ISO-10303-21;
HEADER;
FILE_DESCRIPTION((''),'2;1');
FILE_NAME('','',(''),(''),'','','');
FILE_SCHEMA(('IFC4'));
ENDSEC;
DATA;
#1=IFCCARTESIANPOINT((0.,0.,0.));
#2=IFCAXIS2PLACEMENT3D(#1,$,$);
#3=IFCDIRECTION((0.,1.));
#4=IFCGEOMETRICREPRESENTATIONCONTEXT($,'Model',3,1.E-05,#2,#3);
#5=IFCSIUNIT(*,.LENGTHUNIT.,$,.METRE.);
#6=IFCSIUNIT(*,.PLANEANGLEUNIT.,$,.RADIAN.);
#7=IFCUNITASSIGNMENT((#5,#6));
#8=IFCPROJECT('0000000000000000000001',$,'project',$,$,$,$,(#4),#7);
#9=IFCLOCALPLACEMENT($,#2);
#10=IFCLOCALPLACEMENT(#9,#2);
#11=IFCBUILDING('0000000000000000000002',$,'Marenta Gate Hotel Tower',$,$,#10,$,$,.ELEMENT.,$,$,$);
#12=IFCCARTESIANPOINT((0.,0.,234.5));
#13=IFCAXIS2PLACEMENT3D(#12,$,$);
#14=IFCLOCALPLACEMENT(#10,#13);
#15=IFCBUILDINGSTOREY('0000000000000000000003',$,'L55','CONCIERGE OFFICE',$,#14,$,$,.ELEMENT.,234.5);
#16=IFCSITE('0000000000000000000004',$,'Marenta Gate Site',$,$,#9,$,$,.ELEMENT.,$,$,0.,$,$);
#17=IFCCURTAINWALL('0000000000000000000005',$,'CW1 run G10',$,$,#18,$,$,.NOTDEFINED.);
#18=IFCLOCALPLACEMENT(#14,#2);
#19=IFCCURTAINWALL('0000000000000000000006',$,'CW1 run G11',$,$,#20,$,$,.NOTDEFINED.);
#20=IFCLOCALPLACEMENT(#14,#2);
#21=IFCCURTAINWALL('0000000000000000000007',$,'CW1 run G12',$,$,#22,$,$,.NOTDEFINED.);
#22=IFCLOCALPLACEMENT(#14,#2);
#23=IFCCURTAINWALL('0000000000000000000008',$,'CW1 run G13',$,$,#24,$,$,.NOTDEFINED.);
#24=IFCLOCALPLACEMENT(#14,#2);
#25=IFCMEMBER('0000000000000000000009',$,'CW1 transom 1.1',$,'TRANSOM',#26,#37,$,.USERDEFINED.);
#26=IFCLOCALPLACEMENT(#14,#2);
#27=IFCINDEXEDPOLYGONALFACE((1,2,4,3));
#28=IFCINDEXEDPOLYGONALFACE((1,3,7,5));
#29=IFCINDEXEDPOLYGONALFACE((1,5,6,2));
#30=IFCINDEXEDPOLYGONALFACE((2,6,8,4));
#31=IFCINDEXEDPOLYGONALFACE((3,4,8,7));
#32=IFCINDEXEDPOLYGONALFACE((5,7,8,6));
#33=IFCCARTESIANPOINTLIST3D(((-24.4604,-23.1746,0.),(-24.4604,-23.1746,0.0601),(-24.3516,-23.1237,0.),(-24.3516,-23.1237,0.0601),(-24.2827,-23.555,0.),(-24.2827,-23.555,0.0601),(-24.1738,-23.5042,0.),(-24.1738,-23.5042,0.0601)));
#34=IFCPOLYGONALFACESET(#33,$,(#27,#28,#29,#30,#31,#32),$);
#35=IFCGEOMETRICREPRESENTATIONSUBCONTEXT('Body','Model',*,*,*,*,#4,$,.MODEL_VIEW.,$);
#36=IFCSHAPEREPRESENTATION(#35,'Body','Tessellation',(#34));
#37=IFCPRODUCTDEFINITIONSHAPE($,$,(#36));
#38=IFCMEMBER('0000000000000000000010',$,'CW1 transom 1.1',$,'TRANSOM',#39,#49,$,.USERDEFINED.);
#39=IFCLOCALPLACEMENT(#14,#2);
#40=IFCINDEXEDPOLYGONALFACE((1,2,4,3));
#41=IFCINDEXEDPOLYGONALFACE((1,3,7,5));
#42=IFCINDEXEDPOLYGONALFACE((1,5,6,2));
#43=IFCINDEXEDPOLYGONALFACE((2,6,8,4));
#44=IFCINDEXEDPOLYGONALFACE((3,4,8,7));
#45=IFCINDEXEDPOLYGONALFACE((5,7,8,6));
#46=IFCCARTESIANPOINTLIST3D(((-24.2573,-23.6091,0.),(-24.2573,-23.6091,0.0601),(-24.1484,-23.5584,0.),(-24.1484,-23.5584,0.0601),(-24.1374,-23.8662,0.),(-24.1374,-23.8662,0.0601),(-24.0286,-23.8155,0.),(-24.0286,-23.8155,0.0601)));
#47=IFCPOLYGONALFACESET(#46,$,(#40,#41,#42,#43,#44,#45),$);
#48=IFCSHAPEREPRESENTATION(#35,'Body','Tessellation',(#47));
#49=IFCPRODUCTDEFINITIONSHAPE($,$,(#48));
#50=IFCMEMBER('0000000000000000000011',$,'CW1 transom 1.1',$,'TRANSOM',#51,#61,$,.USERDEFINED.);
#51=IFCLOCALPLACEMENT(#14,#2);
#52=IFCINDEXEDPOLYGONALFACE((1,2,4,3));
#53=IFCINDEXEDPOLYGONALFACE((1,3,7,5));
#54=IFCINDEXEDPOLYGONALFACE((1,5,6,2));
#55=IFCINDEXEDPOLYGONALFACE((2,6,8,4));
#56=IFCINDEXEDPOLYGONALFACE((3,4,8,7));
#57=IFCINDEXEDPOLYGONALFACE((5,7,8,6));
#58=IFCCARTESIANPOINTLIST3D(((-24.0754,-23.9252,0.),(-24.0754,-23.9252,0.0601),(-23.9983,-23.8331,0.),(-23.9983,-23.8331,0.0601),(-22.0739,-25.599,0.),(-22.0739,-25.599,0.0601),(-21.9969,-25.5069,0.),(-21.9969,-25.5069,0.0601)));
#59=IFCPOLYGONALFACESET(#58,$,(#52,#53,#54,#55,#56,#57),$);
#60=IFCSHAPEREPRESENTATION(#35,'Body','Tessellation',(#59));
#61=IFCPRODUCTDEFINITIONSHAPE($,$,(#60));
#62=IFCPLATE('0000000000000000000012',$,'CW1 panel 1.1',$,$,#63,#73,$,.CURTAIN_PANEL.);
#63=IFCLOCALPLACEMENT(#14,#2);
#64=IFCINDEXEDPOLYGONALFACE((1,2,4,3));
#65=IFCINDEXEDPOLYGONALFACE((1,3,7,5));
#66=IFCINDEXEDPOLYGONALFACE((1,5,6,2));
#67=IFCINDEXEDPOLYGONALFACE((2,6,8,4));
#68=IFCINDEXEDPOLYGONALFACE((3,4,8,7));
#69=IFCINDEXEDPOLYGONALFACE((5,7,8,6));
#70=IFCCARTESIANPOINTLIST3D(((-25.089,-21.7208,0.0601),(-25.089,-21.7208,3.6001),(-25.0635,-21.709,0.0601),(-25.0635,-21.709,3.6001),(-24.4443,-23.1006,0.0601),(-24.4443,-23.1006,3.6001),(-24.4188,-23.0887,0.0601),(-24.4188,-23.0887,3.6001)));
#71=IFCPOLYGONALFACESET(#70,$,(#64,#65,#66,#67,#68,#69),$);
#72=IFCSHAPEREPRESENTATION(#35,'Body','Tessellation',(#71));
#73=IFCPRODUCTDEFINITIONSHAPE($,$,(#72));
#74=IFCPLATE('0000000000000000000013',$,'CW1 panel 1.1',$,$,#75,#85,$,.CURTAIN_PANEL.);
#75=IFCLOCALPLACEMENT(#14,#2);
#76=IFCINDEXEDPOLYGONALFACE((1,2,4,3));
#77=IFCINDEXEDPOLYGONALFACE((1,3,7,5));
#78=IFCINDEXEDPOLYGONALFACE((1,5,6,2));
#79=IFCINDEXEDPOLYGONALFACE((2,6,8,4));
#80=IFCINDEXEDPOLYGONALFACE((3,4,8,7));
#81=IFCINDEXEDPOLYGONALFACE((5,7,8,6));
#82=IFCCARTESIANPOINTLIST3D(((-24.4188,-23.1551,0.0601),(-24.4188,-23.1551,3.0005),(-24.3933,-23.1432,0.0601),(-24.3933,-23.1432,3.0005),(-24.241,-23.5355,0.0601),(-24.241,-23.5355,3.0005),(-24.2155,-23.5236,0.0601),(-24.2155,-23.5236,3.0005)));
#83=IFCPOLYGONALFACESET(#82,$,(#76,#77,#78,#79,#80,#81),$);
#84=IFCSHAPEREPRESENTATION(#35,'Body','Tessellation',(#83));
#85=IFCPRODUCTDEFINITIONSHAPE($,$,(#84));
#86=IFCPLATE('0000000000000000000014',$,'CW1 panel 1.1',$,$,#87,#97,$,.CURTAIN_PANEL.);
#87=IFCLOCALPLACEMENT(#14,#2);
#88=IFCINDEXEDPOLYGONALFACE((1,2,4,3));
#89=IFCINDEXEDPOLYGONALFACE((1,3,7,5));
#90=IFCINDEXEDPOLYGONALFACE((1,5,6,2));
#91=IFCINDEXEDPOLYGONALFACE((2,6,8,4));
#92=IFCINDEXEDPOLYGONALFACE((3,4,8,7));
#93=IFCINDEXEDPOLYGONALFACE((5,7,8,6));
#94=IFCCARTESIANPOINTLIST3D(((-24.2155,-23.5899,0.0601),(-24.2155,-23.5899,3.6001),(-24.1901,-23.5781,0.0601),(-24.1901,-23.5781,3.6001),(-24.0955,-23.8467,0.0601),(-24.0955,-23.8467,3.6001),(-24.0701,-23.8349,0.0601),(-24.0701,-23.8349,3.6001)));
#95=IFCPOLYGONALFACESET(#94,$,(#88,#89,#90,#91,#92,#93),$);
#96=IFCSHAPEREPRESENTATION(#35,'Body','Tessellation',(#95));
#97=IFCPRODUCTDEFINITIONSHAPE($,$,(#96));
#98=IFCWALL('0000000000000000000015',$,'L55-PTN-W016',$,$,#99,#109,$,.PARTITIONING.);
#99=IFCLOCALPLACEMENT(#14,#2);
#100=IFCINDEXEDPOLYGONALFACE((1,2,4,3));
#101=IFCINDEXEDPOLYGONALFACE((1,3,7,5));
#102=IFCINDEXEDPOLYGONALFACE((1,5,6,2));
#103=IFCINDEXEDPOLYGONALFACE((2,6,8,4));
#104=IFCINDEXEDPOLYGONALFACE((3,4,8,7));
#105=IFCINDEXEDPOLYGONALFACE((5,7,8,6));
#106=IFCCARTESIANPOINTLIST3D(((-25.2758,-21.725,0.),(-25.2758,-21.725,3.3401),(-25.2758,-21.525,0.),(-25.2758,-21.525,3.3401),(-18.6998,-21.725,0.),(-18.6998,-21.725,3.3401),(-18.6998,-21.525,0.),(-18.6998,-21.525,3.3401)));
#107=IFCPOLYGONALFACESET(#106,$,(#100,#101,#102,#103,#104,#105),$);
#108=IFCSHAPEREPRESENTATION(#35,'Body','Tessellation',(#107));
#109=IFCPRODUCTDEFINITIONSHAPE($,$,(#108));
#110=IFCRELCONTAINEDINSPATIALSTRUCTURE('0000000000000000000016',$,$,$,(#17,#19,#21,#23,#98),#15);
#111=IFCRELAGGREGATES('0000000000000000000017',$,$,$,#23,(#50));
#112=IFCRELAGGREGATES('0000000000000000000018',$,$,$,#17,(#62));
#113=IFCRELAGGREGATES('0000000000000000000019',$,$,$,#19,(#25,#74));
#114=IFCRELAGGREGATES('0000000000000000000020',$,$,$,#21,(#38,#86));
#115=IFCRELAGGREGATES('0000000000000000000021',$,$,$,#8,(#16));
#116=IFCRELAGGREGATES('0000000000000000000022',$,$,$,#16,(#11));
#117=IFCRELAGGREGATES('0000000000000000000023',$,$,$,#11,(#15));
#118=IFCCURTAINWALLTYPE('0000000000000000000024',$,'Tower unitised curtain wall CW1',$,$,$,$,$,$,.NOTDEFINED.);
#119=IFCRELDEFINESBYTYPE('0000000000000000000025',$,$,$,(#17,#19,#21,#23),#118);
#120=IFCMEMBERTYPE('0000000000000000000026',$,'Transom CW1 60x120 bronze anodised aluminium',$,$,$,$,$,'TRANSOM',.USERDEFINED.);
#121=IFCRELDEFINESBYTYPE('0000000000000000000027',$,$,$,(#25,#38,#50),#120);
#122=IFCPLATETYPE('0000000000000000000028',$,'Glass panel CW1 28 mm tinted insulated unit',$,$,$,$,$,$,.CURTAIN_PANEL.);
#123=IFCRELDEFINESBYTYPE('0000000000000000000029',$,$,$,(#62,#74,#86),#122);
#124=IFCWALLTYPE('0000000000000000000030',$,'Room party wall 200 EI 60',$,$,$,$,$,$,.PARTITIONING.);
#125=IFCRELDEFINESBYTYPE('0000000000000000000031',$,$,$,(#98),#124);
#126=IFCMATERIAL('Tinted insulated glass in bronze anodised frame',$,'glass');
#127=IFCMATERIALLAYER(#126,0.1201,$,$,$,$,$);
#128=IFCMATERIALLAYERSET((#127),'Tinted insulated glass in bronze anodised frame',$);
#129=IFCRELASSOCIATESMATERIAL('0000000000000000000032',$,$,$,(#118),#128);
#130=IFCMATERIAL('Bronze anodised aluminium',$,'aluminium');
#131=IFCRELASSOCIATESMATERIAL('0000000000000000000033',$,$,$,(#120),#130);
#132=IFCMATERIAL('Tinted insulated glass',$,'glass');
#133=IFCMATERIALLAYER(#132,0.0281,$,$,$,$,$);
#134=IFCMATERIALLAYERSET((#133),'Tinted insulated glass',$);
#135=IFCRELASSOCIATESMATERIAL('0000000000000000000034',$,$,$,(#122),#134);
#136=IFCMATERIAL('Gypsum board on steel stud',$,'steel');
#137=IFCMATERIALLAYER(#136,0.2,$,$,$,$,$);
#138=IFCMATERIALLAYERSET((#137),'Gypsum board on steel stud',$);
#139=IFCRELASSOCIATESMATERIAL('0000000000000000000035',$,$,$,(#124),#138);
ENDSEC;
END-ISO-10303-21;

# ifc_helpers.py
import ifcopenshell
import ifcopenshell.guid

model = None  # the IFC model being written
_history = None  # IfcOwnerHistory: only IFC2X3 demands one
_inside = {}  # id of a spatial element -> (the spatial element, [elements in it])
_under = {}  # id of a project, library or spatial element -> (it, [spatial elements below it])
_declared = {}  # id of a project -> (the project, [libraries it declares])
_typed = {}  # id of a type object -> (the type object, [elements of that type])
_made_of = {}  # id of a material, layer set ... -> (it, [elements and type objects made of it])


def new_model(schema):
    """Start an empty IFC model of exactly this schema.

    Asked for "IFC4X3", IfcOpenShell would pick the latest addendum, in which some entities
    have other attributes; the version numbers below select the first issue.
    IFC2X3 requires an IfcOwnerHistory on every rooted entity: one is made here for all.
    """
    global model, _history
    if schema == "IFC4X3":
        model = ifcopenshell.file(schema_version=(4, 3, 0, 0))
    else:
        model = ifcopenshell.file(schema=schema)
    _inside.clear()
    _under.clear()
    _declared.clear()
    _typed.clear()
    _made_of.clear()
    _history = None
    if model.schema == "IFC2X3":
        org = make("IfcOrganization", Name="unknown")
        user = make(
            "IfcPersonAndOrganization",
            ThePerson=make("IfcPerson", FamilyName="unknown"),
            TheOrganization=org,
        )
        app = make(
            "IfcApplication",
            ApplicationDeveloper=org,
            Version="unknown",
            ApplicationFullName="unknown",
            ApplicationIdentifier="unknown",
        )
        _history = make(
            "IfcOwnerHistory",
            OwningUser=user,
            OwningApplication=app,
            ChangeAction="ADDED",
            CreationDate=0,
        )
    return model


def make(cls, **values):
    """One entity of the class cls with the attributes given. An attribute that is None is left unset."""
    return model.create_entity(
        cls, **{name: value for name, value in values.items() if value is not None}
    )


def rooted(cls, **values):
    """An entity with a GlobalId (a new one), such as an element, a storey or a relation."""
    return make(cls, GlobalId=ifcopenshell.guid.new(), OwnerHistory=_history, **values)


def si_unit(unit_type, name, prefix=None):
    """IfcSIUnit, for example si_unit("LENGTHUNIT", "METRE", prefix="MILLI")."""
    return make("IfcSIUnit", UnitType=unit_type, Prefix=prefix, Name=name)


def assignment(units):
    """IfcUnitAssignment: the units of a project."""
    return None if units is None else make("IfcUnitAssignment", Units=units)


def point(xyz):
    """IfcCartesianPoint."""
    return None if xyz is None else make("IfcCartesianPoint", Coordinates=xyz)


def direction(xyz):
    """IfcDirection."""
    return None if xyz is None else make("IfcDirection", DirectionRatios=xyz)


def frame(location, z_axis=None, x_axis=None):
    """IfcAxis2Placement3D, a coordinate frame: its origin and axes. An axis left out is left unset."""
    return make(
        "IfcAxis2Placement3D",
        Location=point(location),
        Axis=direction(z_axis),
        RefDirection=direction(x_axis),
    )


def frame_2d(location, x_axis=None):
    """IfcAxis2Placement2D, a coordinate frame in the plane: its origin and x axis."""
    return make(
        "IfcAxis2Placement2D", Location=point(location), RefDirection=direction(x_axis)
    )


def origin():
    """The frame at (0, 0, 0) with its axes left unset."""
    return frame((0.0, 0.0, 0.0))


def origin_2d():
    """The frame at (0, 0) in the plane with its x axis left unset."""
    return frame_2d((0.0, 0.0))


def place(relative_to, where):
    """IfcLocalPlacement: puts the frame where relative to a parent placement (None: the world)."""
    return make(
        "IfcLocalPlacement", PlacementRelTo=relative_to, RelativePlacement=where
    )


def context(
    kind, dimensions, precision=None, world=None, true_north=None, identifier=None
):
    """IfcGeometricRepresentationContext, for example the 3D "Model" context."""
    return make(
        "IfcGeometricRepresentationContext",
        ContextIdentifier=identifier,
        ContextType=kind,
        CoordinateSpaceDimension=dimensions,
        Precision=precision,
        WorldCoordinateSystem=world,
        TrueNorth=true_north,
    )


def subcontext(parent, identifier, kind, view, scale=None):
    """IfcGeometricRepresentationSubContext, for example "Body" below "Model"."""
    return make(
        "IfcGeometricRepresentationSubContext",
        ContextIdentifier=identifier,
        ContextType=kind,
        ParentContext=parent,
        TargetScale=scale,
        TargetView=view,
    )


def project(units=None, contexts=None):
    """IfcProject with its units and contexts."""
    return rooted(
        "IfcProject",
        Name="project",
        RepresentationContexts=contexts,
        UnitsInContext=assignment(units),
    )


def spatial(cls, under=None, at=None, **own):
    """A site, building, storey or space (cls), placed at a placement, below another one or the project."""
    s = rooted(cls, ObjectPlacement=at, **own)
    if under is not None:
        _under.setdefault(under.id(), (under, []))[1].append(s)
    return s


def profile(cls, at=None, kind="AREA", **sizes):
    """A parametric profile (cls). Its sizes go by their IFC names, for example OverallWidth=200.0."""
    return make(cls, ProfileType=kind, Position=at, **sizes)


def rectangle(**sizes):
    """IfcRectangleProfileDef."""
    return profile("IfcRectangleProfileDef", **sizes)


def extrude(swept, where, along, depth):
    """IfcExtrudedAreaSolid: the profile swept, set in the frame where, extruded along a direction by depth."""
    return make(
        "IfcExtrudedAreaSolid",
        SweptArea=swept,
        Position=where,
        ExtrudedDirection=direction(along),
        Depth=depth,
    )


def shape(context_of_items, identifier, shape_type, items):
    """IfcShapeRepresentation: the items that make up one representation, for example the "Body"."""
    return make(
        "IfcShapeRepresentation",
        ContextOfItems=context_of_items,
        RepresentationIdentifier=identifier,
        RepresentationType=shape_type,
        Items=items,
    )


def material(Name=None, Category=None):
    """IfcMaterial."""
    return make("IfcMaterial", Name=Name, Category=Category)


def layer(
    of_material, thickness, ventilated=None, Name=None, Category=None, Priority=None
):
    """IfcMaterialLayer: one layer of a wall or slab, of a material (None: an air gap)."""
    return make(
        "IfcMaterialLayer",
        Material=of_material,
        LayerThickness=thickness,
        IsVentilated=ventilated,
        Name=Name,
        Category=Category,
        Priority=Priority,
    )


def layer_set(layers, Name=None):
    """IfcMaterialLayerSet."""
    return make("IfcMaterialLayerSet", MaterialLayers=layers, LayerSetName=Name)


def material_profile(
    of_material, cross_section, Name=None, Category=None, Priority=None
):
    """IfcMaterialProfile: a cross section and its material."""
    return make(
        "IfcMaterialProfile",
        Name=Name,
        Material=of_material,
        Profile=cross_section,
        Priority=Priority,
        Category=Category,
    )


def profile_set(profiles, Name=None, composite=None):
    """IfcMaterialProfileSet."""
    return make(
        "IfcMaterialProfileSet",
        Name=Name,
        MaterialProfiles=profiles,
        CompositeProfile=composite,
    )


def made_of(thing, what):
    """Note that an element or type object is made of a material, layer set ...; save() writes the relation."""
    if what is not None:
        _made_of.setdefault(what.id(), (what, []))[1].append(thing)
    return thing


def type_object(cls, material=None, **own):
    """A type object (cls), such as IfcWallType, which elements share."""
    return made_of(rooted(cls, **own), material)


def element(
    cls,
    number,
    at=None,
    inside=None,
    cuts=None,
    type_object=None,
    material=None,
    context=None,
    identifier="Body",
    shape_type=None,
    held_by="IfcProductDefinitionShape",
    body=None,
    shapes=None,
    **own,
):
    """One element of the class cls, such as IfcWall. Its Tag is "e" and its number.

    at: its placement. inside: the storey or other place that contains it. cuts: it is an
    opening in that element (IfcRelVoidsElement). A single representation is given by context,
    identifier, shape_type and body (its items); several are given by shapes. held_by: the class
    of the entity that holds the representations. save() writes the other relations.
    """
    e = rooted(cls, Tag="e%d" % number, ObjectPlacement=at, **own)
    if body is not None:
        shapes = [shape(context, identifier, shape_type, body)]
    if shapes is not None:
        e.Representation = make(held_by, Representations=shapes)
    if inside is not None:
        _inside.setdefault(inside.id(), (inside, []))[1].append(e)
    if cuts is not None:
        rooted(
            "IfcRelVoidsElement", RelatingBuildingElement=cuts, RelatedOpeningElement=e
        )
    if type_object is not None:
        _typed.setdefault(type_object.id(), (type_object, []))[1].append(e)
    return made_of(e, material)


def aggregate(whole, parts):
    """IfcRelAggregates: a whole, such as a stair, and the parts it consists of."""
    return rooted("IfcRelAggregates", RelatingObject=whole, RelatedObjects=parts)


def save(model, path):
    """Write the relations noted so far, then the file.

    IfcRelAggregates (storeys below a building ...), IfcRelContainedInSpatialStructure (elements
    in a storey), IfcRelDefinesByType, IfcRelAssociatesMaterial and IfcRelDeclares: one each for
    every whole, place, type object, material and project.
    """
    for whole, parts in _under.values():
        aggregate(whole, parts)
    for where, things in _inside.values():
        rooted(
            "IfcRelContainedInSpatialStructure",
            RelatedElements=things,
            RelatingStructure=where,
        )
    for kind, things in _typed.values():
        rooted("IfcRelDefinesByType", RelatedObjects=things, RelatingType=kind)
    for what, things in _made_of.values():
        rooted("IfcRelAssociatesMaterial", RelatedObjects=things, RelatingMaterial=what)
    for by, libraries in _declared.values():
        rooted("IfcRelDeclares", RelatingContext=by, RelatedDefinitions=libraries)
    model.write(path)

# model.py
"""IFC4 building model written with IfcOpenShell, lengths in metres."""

from ifc_helpers import new_model, si_unit, direction, frame, frame_2d, origin, origin_2d, place, context, subcontext, project, spatial, rectangle, extrude, material, layer, layer_set, material_profile, profile_set, type_object, element, aggregate, save


model = new_model("IFC4")

# Units and contexts
model_context = context("Model", 3, precision=1e-05, world=origin(), true_north=direction((0.0, 1.0)))
body_context = subcontext(model_context, "Body", "Model", "MODEL_VIEW")
ifc_project = project(units=[si_unit("LENGTHUNIT", "METRE"), si_unit("PLANEANGLEUNIT", "RADIAN")], contexts=[model_context])

# Site, building, storey
site_placement = place(None, origin())
site = spatial("IfcSite", under=ifc_project, at=site_placement, Name="Marenta Gate Site", CompositionType="ELEMENT", RefElevation=0.0)
building_placement = place(site_placement, origin())
building = spatial("IfcBuilding", under=site, at=building_placement, Name="Marenta Gate Hotel Tower", CompositionType="ELEMENT")
storey_placement = place(building_placement, frame((0.0, 0.0, 234.5)))
storey = spatial("IfcBuildingStorey", under=building, at=storey_placement, Name="L55", Description="CONCIERGE OFFICE", CompositionType="ELEMENT", Elevation=234.5)

# Curtain walls
ifc_material_1 = material(Name="Tinted insulated glass in bronze anodised frame", Category="glass")
ifc_layer_1 = layer(ifc_material_1, 0.1201)
ifc_layer_set_1 = layer_set([ifc_layer_1], Name="Tinted insulated glass in bronze anodised frame")
curtain_wall_type = type_object("IfcCurtainWallType", Name="Tower unitised curtain wall CW1", PredefinedType="NOTDEFINED", material=ifc_layer_set_1)
curtain_wall_1_placement = place(storey_placement, origin())
curtain_wall_1 = element("IfcCurtainWall", 1, at=curtain_wall_1_placement, inside=storey, type_object=curtain_wall_type, Name="CW1 run G10", PredefinedType="NOTDEFINED")
curtain_wall_2_placement = place(storey_placement, origin())
curtain_wall_2 = element("IfcCurtainWall", 2, at=curtain_wall_2_placement, inside=storey, type_object=curtain_wall_type, Name="CW1 run G11", PredefinedType="NOTDEFINED")
curtain_wall_3_placement = place(storey_placement, origin())
curtain_wall_3 = element("IfcCurtainWall", 3, at=curtain_wall_3_placement, inside=storey, type_object=curtain_wall_type, Name="CW1 run G12", PredefinedType="NOTDEFINED")
curtain_wall_4_placement = place(storey_placement, origin())
curtain_wall_4 = element("IfcCurtainWall", 4, at=curtain_wall_4_placement, inside=storey, type_object=curtain_wall_type, Name="CW1 run G13", PredefinedType="NOTDEFINED")

# Members
ifc_material_2 = material(Name="Bronze anodised aluminium", Category="aluminium")
ifc_material_profile_1 = material_profile(ifc_material_2, rectangle(XDim=0.1201, YDim=0.0601, at=origin_2d()), Name="Transom CW1 60x120 bronze anodised aluminium")
ifc_profile_set_1 = profile_set([ifc_material_profile_1], Name="Bronze anodised aluminium")
member_type_1 = type_object("IfcMemberType", Name="Transom CW1 60x120 bronze anodised aluminium", ElementType="TRANSOM", PredefinedType="USERDEFINED", material=ifc_profile_set_1)
member_1_placement = place(storey_placement, frame((-24.406, -23.1492, 0.03), z_axis=(0.423331, -0.905975, 0.0), x_axis=(0.905975, 0.423331, 0.0)))
member_1 = element("IfcMember", 5, at=member_1_placement, type_object=member_type_1, Name="CW1 transom 1.1", ObjectType="TRANSOM", PredefinedType="USERDEFINED", context=body_context, shape_type="SweptSolid", body=[
    extrude(rectangle(XDim=0.1201, YDim=0.0601, at=origin_2d()), origin(), (0.0, 0.0, 1.0), 0.4199),
])
member_2_placement = place(storey_placement, frame((-24.2029, -23.5837, 0.03), z_axis=(0.422603, -0.906315, 0.0), x_axis=(0.906315, 0.422603, 0.0)))
member_2 = element("IfcMember", 6, at=member_2_placement, type_object=member_type_1, Name="CW1 transom 1.1", ObjectType="TRANSOM", PredefinedType="USERDEFINED", context=body_context, shape_type="SweptSolid", body=[
    extrude(rectangle(XDim=0.1201, YDim=0.0601, at=origin_2d()), origin(), (0.0, 0.0, 1.0), 0.2837),
])
member_3_placement = place(storey_placement, frame((-24.0369, -23.8792, 0.03), z_axis=(0.7671, -0.641527, 0.0), x_axis=(0.641527, 0.7671, 0.0)))
member_3 = element("IfcMember", 7, at=member_3_placement, type_object=member_type_1, Name="CW1 transom 1.1", ObjectType="TRANSOM", PredefinedType="USERDEFINED", context=body_context, shape_type="SweptSolid", body=[
    extrude(rectangle(XDim=0.1201, YDim=0.0601, at=origin_2d()), origin(), (0.0, 0.0, 1.0), 2.6091),
])
aggregate(curtain_wall_4, [member_3])

# Plates
ifc_material_3 = material(Name="Tinted insulated glass", Category="glass")
ifc_layer_2 = layer(ifc_material_3, 0.0281)
ifc_layer_set_2 = layer_set([ifc_layer_2], Name="Tinted insulated glass")
plate_type = type_object("IfcPlateType", Name="Glass panel CW1 28 mm tinted insulated unit", PredefinedType="CURTAIN_PANEL", material=ifc_layer_set_2)
plate_1_placement = place(storey_placement, frame((-24.7539, -22.4048, 0.0601), z_axis=(0.0, 0.0, 1.0), x_axis=(0.423328, -0.905976, 0.0)))
plate_1 = element("IfcPlate", 8, at=plate_1_placement, type_object=plate_type, Name="CW1 panel 1.1", PredefinedType="CURTAIN_PANEL", context=body_context, shape_type="SweptSolid", body=[
    extrude(rectangle(XDim=1.5229, YDim=0.0281, at=origin_2d()), origin(), (0.0, 0.0, 1.0), 3.54),
])
aggregate(curtain_wall_1, [plate_1])
plate_2_placement = place(storey_placement, frame((-24.3171, -23.3394, 0.0601), z_axis=(0.0, 0.0, 1.0), x_axis=(0.423387, -0.905949, 0.0)))
plate_2 = element("IfcPlate", 9, at=plate_2_placement, type_object=plate_type, Name="CW1 panel 1.1", PredefinedType="CURTAIN_PANEL", context=body_context, shape_type="SweptSolid", body=[
    extrude(rectangle(XDim=0.4199, YDim=0.0281, at=origin_2d()), origin(), (0.0, 0.0, 1.0), 2.9404),
])
aggregate(curtain_wall_2, [member_1, plate_2])
plate_3_placement = place(storey_placement, frame((-24.1428, -23.7124, 0.0601), z_axis=(0.0, 0.0, 1.0), x_axis=(0.4233, -0.90599, 0.0)))
plate_3 = element("IfcPlate", 10, at=plate_3_placement, type_object=plate_type, Name="CW1 panel 1.1", PredefinedType="CURTAIN_PANEL", context=body_context, shape_type="SweptSolid", body=[
    extrude(rectangle(XDim=0.2834, YDim=0.0281, at=origin_2d()), origin(), (0.0, 0.0, 1.0), 3.54),
])
aggregate(curtain_wall_3, [member_2, plate_3])

# Wall
ifc_material_4 = material(Name="Gypsum board on steel stud", Category="steel")
ifc_layer_3 = layer(ifc_material_4, 0.2)
ifc_layer_set_3 = layer_set([ifc_layer_3], Name="Gypsum board on steel stud")
wall_type = type_object("IfcWallType", Name="Room party wall 200 EI 60", PredefinedType="PARTITIONING", material=ifc_layer_set_3)
wall_placement = place(storey_placement, frame((-25.2759, -21.625, 0.0), z_axis=(0.0, 0.0, 1.0), x_axis=(1.0, 0.0, 0.0)))
element("IfcWall", 11, at=wall_placement, inside=storey, type_object=wall_type, Name="L55-PTN-W016", PredefinedType="PARTITIONING", context=body_context, shape_type="SweptSolid", body=[
    extrude(rectangle(XDim=6.5759, YDim=0.2, at=frame_2d((3.2881, 0.0))), origin(), (0.0, 0.0, 1.0), 3.3401),
])

save(model, "model.ifc")
